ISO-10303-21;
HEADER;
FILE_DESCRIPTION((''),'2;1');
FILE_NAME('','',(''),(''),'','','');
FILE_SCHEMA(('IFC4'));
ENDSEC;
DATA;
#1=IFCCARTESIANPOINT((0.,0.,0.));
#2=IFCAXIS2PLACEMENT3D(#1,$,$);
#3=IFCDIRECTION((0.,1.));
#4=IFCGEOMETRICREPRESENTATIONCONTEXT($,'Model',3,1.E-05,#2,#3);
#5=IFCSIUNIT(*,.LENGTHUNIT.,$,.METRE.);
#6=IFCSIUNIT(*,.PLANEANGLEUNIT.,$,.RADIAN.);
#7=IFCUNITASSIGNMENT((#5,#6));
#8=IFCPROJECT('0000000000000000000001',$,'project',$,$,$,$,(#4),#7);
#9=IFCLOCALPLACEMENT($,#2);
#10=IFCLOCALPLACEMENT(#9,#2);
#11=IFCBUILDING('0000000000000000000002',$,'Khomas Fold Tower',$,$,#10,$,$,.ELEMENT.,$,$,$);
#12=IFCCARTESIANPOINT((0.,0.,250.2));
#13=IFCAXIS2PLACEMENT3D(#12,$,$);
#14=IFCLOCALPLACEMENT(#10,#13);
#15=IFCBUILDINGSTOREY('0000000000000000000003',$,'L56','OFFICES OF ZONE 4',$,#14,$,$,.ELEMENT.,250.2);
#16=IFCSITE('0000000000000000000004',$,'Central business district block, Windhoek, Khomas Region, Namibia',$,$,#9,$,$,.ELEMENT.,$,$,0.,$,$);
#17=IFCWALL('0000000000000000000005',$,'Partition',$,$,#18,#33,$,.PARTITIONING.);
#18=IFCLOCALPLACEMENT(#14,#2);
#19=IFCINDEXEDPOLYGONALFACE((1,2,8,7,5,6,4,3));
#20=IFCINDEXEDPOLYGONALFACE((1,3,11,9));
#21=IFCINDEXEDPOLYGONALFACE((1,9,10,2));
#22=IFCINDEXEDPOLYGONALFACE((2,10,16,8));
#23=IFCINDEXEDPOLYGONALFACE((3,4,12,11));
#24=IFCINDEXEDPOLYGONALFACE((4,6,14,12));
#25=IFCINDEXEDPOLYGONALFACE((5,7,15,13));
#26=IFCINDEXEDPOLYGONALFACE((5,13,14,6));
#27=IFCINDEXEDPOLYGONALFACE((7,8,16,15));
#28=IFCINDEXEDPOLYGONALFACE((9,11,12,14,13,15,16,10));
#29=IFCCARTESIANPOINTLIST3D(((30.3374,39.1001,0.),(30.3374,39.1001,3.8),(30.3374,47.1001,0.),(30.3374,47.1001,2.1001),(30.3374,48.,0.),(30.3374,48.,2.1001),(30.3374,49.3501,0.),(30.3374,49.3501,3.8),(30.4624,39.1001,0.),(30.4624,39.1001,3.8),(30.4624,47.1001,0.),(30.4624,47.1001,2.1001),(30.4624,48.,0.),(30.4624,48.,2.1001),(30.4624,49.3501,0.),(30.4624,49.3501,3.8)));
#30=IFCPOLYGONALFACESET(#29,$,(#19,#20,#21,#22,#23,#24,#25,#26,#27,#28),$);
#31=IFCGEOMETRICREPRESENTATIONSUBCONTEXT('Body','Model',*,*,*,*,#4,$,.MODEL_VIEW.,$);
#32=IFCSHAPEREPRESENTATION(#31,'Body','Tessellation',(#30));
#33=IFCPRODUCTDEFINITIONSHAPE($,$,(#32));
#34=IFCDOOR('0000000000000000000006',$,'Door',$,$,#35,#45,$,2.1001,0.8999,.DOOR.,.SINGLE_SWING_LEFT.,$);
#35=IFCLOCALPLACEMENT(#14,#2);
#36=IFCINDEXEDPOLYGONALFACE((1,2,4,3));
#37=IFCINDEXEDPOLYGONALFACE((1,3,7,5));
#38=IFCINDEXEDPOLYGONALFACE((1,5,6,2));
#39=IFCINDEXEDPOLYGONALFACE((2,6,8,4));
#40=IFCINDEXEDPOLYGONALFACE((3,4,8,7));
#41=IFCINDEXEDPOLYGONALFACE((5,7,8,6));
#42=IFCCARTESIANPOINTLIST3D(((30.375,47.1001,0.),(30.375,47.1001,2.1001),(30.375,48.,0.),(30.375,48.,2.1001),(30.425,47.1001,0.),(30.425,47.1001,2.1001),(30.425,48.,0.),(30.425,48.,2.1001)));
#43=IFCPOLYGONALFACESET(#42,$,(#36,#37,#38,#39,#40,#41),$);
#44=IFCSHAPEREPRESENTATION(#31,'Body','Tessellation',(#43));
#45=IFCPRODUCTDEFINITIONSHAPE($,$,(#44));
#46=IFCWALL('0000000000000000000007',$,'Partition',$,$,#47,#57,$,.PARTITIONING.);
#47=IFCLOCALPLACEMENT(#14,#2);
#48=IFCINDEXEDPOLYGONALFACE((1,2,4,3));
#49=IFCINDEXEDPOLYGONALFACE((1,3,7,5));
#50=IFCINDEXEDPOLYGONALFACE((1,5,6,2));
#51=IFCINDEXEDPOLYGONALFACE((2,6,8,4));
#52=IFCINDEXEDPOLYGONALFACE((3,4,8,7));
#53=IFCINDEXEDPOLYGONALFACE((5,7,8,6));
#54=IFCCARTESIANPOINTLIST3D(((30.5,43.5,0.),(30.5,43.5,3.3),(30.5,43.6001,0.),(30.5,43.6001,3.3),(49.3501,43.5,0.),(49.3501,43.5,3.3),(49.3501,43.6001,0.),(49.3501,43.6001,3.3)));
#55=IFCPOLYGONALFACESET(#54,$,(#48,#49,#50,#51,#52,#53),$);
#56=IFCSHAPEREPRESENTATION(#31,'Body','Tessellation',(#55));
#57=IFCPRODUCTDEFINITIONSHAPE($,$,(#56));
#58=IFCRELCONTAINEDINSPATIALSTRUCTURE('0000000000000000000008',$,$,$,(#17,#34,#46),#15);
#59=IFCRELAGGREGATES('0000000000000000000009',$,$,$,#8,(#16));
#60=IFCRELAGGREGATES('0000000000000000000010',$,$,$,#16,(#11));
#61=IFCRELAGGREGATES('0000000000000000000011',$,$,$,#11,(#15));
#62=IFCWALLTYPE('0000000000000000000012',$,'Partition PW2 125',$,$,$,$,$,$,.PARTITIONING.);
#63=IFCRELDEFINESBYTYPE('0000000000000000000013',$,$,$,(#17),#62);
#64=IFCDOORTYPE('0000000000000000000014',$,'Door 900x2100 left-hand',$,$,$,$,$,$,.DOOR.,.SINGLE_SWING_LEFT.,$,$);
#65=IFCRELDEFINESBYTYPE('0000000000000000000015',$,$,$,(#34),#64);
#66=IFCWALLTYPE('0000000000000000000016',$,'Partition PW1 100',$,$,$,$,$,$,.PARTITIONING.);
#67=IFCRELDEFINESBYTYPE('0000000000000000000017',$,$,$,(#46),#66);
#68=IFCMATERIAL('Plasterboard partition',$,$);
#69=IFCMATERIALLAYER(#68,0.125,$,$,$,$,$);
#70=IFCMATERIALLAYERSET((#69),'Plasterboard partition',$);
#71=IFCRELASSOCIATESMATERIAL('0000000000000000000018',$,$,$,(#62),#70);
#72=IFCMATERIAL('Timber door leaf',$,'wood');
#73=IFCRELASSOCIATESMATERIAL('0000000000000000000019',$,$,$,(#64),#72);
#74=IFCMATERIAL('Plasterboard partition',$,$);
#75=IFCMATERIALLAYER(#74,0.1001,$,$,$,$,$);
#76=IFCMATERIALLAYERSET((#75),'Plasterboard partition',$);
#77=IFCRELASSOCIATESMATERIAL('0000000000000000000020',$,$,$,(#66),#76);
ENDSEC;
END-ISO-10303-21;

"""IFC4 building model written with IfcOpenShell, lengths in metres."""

from ifc_helpers import new_model, si_unit, direction, frame, frame_2d, origin, place, context, subcontext, project, spatial, rectangle, extrude, source, transform, mapped, material, layer, layer_set, type_object, element, fill, save


model = new_model("IFC4")

# Units and contexts
model_context = context("Model", 3, precision=1e-05, world=origin(), true_north=direction((0.0, 1.0)))
body_context = subcontext(model_context, "Body", "Model", "MODEL_VIEW")
ifc_project = project(units=[si_unit("LENGTHUNIT", "METRE"), si_unit("PLANEANGLEUNIT", "RADIAN")], contexts=[model_context])

# Site, building, storey
site_placement = place(None, origin())
site = spatial("IfcSite", under=ifc_project, at=site_placement, Name="Central business district block, Windhoek, Khomas Region, Namibia", CompositionType="ELEMENT", RefElevation=0.0)
building_placement = place(site_placement, origin())
building = spatial("IfcBuilding", under=site, at=building_placement, Name="Khomas Fold Tower", CompositionType="ELEMENT")
storey_placement = place(building_placement, frame((0.0, 0.0, 250.2)))
storey = spatial("IfcBuildingStorey", under=building, at=storey_placement, Name="L56", Description="OFFICES OF ZONE 4", CompositionType="ELEMENT", Elevation=250.2)

# Wall, opening, door
ifc_material_1 = material(Name="Plasterboard partition")
ifc_layer_1 = layer(ifc_material_1, 0.125)
ifc_layer_set_1 = layer_set([ifc_layer_1], Name="Plasterboard partition")
wall_type_1 = type_object("IfcWallType", Name="Partition PW2 125", PredefinedType="PARTITIONING", material=ifc_layer_set_1)
shared_shape_1 = source(origin(), body_context, "Body", "SweptSolid", [
    extrude(rectangle(XDim=10.25, YDim=0.125, at=frame_2d((5.125, 0.0))), origin(), (0.0, 0.0, 1.0), 3.8),
])
wall_1_placement = place(storey_placement, frame((30.3999, 39.1001, 0.0), z_axis=(0.0, 0.0, 1.0), x_axis=(0.0, 1.0, 0.0)))
wall_1 = element("IfcWall", 1, at=wall_1_placement, inside=storey, type_object=wall_type_1, Name="Partition", PredefinedType="PARTITIONING", context=body_context, shape_type="MappedRepresentation", body=[
    mapped(shared_shape_1, transform((0.0, 0.0, 0.0))),
])
shared_shape_2 = source(origin(), body_context, "Body", "SweptSolid", [
    extrude(rectangle(XDim=0.8999, YDim=2.1001, at=frame_2d((0.45, 1.05))), frame((0.0, 0.0725, 0.0), z_axis=(0.0, -1.0, 0.0), x_axis=(1.0, 0.0, 0.0)), (0.0, 0.0, 1.0), 0.145),
])
opening_placement = place(wall_1_placement, frame((8.0, 0.0, 0.0)))
opening = element("IfcOpeningElement", 2, at=opening_placement, cuts=wall_1, PredefinedType="OPENING", context=body_context, shape_type="MappedRepresentation", body=[
    mapped(shared_shape_2, transform((0.0, 0.0, 0.0))),
])
ifc_material_2 = material(Name="Timber door leaf", Category="wood")
door_type = type_object("IfcDoorType", Name="Door 900x2100 left-hand", OperationType="SINGLE_SWING_LEFT", PredefinedType="DOOR", material=ifc_material_2)
shared_shape_3 = source(origin(), body_context, "Body", "SweptSolid", [
    extrude(rectangle(XDim=0.8999, YDim=2.1001, at=frame_2d((0.45, 1.05))), frame((0.0, 0.0249, 0.0), z_axis=(0.0, -1.0, 0.0), x_axis=(1.0, 0.0, 0.0)), (0.0, 0.0, 1.0), 0.05),
])
door_placement = place(opening_placement, origin())
door = element("IfcDoor", 3, at=door_placement, inside=storey, type_object=door_type, Name="Door", OperationType="SINGLE_SWING_LEFT", OverallHeight=2.1001, OverallWidth=0.8999, PredefinedType="DOOR", context=body_context, shape_type="MappedRepresentation", body=[
    mapped(shared_shape_3, transform((0.0, 0.0, 0.0))),
])
fill(opening, door)

# Wall
ifc_material_3 = material(Name="Plasterboard partition")
ifc_layer_2 = layer(ifc_material_3, 0.1001)
ifc_layer_set_2 = layer_set([ifc_layer_2], Name="Plasterboard partition")
wall_type_2 = type_object("IfcWallType", Name="Partition PW1 100", PredefinedType="PARTITIONING", material=ifc_layer_set_2)
shared_shape_4 = source(origin(), body_context, "Body", "SweptSolid", [
    extrude(rectangle(XDim=18.8501, YDim=0.1001, at=frame_2d((9.425, 0.0))), origin(), (0.0, 0.0, 1.0), 3.3),
])
wall_2_placement = place(storey_placement, frame((30.5, 43.55, 0.0), z_axis=(0.0, 0.0, 1.0), x_axis=(1.0, 0.0, 0.0)))
element("IfcWall", 4, at=wall_2_placement, inside=storey, type_object=wall_type_2, Name="Partition", PredefinedType="PARTITIONING", context=body_context, shape_type="MappedRepresentation", body=[
    mapped(shared_shape_4, transform((0.0, 0.0, 0.0))),
])

save(model, "model.ifc")
